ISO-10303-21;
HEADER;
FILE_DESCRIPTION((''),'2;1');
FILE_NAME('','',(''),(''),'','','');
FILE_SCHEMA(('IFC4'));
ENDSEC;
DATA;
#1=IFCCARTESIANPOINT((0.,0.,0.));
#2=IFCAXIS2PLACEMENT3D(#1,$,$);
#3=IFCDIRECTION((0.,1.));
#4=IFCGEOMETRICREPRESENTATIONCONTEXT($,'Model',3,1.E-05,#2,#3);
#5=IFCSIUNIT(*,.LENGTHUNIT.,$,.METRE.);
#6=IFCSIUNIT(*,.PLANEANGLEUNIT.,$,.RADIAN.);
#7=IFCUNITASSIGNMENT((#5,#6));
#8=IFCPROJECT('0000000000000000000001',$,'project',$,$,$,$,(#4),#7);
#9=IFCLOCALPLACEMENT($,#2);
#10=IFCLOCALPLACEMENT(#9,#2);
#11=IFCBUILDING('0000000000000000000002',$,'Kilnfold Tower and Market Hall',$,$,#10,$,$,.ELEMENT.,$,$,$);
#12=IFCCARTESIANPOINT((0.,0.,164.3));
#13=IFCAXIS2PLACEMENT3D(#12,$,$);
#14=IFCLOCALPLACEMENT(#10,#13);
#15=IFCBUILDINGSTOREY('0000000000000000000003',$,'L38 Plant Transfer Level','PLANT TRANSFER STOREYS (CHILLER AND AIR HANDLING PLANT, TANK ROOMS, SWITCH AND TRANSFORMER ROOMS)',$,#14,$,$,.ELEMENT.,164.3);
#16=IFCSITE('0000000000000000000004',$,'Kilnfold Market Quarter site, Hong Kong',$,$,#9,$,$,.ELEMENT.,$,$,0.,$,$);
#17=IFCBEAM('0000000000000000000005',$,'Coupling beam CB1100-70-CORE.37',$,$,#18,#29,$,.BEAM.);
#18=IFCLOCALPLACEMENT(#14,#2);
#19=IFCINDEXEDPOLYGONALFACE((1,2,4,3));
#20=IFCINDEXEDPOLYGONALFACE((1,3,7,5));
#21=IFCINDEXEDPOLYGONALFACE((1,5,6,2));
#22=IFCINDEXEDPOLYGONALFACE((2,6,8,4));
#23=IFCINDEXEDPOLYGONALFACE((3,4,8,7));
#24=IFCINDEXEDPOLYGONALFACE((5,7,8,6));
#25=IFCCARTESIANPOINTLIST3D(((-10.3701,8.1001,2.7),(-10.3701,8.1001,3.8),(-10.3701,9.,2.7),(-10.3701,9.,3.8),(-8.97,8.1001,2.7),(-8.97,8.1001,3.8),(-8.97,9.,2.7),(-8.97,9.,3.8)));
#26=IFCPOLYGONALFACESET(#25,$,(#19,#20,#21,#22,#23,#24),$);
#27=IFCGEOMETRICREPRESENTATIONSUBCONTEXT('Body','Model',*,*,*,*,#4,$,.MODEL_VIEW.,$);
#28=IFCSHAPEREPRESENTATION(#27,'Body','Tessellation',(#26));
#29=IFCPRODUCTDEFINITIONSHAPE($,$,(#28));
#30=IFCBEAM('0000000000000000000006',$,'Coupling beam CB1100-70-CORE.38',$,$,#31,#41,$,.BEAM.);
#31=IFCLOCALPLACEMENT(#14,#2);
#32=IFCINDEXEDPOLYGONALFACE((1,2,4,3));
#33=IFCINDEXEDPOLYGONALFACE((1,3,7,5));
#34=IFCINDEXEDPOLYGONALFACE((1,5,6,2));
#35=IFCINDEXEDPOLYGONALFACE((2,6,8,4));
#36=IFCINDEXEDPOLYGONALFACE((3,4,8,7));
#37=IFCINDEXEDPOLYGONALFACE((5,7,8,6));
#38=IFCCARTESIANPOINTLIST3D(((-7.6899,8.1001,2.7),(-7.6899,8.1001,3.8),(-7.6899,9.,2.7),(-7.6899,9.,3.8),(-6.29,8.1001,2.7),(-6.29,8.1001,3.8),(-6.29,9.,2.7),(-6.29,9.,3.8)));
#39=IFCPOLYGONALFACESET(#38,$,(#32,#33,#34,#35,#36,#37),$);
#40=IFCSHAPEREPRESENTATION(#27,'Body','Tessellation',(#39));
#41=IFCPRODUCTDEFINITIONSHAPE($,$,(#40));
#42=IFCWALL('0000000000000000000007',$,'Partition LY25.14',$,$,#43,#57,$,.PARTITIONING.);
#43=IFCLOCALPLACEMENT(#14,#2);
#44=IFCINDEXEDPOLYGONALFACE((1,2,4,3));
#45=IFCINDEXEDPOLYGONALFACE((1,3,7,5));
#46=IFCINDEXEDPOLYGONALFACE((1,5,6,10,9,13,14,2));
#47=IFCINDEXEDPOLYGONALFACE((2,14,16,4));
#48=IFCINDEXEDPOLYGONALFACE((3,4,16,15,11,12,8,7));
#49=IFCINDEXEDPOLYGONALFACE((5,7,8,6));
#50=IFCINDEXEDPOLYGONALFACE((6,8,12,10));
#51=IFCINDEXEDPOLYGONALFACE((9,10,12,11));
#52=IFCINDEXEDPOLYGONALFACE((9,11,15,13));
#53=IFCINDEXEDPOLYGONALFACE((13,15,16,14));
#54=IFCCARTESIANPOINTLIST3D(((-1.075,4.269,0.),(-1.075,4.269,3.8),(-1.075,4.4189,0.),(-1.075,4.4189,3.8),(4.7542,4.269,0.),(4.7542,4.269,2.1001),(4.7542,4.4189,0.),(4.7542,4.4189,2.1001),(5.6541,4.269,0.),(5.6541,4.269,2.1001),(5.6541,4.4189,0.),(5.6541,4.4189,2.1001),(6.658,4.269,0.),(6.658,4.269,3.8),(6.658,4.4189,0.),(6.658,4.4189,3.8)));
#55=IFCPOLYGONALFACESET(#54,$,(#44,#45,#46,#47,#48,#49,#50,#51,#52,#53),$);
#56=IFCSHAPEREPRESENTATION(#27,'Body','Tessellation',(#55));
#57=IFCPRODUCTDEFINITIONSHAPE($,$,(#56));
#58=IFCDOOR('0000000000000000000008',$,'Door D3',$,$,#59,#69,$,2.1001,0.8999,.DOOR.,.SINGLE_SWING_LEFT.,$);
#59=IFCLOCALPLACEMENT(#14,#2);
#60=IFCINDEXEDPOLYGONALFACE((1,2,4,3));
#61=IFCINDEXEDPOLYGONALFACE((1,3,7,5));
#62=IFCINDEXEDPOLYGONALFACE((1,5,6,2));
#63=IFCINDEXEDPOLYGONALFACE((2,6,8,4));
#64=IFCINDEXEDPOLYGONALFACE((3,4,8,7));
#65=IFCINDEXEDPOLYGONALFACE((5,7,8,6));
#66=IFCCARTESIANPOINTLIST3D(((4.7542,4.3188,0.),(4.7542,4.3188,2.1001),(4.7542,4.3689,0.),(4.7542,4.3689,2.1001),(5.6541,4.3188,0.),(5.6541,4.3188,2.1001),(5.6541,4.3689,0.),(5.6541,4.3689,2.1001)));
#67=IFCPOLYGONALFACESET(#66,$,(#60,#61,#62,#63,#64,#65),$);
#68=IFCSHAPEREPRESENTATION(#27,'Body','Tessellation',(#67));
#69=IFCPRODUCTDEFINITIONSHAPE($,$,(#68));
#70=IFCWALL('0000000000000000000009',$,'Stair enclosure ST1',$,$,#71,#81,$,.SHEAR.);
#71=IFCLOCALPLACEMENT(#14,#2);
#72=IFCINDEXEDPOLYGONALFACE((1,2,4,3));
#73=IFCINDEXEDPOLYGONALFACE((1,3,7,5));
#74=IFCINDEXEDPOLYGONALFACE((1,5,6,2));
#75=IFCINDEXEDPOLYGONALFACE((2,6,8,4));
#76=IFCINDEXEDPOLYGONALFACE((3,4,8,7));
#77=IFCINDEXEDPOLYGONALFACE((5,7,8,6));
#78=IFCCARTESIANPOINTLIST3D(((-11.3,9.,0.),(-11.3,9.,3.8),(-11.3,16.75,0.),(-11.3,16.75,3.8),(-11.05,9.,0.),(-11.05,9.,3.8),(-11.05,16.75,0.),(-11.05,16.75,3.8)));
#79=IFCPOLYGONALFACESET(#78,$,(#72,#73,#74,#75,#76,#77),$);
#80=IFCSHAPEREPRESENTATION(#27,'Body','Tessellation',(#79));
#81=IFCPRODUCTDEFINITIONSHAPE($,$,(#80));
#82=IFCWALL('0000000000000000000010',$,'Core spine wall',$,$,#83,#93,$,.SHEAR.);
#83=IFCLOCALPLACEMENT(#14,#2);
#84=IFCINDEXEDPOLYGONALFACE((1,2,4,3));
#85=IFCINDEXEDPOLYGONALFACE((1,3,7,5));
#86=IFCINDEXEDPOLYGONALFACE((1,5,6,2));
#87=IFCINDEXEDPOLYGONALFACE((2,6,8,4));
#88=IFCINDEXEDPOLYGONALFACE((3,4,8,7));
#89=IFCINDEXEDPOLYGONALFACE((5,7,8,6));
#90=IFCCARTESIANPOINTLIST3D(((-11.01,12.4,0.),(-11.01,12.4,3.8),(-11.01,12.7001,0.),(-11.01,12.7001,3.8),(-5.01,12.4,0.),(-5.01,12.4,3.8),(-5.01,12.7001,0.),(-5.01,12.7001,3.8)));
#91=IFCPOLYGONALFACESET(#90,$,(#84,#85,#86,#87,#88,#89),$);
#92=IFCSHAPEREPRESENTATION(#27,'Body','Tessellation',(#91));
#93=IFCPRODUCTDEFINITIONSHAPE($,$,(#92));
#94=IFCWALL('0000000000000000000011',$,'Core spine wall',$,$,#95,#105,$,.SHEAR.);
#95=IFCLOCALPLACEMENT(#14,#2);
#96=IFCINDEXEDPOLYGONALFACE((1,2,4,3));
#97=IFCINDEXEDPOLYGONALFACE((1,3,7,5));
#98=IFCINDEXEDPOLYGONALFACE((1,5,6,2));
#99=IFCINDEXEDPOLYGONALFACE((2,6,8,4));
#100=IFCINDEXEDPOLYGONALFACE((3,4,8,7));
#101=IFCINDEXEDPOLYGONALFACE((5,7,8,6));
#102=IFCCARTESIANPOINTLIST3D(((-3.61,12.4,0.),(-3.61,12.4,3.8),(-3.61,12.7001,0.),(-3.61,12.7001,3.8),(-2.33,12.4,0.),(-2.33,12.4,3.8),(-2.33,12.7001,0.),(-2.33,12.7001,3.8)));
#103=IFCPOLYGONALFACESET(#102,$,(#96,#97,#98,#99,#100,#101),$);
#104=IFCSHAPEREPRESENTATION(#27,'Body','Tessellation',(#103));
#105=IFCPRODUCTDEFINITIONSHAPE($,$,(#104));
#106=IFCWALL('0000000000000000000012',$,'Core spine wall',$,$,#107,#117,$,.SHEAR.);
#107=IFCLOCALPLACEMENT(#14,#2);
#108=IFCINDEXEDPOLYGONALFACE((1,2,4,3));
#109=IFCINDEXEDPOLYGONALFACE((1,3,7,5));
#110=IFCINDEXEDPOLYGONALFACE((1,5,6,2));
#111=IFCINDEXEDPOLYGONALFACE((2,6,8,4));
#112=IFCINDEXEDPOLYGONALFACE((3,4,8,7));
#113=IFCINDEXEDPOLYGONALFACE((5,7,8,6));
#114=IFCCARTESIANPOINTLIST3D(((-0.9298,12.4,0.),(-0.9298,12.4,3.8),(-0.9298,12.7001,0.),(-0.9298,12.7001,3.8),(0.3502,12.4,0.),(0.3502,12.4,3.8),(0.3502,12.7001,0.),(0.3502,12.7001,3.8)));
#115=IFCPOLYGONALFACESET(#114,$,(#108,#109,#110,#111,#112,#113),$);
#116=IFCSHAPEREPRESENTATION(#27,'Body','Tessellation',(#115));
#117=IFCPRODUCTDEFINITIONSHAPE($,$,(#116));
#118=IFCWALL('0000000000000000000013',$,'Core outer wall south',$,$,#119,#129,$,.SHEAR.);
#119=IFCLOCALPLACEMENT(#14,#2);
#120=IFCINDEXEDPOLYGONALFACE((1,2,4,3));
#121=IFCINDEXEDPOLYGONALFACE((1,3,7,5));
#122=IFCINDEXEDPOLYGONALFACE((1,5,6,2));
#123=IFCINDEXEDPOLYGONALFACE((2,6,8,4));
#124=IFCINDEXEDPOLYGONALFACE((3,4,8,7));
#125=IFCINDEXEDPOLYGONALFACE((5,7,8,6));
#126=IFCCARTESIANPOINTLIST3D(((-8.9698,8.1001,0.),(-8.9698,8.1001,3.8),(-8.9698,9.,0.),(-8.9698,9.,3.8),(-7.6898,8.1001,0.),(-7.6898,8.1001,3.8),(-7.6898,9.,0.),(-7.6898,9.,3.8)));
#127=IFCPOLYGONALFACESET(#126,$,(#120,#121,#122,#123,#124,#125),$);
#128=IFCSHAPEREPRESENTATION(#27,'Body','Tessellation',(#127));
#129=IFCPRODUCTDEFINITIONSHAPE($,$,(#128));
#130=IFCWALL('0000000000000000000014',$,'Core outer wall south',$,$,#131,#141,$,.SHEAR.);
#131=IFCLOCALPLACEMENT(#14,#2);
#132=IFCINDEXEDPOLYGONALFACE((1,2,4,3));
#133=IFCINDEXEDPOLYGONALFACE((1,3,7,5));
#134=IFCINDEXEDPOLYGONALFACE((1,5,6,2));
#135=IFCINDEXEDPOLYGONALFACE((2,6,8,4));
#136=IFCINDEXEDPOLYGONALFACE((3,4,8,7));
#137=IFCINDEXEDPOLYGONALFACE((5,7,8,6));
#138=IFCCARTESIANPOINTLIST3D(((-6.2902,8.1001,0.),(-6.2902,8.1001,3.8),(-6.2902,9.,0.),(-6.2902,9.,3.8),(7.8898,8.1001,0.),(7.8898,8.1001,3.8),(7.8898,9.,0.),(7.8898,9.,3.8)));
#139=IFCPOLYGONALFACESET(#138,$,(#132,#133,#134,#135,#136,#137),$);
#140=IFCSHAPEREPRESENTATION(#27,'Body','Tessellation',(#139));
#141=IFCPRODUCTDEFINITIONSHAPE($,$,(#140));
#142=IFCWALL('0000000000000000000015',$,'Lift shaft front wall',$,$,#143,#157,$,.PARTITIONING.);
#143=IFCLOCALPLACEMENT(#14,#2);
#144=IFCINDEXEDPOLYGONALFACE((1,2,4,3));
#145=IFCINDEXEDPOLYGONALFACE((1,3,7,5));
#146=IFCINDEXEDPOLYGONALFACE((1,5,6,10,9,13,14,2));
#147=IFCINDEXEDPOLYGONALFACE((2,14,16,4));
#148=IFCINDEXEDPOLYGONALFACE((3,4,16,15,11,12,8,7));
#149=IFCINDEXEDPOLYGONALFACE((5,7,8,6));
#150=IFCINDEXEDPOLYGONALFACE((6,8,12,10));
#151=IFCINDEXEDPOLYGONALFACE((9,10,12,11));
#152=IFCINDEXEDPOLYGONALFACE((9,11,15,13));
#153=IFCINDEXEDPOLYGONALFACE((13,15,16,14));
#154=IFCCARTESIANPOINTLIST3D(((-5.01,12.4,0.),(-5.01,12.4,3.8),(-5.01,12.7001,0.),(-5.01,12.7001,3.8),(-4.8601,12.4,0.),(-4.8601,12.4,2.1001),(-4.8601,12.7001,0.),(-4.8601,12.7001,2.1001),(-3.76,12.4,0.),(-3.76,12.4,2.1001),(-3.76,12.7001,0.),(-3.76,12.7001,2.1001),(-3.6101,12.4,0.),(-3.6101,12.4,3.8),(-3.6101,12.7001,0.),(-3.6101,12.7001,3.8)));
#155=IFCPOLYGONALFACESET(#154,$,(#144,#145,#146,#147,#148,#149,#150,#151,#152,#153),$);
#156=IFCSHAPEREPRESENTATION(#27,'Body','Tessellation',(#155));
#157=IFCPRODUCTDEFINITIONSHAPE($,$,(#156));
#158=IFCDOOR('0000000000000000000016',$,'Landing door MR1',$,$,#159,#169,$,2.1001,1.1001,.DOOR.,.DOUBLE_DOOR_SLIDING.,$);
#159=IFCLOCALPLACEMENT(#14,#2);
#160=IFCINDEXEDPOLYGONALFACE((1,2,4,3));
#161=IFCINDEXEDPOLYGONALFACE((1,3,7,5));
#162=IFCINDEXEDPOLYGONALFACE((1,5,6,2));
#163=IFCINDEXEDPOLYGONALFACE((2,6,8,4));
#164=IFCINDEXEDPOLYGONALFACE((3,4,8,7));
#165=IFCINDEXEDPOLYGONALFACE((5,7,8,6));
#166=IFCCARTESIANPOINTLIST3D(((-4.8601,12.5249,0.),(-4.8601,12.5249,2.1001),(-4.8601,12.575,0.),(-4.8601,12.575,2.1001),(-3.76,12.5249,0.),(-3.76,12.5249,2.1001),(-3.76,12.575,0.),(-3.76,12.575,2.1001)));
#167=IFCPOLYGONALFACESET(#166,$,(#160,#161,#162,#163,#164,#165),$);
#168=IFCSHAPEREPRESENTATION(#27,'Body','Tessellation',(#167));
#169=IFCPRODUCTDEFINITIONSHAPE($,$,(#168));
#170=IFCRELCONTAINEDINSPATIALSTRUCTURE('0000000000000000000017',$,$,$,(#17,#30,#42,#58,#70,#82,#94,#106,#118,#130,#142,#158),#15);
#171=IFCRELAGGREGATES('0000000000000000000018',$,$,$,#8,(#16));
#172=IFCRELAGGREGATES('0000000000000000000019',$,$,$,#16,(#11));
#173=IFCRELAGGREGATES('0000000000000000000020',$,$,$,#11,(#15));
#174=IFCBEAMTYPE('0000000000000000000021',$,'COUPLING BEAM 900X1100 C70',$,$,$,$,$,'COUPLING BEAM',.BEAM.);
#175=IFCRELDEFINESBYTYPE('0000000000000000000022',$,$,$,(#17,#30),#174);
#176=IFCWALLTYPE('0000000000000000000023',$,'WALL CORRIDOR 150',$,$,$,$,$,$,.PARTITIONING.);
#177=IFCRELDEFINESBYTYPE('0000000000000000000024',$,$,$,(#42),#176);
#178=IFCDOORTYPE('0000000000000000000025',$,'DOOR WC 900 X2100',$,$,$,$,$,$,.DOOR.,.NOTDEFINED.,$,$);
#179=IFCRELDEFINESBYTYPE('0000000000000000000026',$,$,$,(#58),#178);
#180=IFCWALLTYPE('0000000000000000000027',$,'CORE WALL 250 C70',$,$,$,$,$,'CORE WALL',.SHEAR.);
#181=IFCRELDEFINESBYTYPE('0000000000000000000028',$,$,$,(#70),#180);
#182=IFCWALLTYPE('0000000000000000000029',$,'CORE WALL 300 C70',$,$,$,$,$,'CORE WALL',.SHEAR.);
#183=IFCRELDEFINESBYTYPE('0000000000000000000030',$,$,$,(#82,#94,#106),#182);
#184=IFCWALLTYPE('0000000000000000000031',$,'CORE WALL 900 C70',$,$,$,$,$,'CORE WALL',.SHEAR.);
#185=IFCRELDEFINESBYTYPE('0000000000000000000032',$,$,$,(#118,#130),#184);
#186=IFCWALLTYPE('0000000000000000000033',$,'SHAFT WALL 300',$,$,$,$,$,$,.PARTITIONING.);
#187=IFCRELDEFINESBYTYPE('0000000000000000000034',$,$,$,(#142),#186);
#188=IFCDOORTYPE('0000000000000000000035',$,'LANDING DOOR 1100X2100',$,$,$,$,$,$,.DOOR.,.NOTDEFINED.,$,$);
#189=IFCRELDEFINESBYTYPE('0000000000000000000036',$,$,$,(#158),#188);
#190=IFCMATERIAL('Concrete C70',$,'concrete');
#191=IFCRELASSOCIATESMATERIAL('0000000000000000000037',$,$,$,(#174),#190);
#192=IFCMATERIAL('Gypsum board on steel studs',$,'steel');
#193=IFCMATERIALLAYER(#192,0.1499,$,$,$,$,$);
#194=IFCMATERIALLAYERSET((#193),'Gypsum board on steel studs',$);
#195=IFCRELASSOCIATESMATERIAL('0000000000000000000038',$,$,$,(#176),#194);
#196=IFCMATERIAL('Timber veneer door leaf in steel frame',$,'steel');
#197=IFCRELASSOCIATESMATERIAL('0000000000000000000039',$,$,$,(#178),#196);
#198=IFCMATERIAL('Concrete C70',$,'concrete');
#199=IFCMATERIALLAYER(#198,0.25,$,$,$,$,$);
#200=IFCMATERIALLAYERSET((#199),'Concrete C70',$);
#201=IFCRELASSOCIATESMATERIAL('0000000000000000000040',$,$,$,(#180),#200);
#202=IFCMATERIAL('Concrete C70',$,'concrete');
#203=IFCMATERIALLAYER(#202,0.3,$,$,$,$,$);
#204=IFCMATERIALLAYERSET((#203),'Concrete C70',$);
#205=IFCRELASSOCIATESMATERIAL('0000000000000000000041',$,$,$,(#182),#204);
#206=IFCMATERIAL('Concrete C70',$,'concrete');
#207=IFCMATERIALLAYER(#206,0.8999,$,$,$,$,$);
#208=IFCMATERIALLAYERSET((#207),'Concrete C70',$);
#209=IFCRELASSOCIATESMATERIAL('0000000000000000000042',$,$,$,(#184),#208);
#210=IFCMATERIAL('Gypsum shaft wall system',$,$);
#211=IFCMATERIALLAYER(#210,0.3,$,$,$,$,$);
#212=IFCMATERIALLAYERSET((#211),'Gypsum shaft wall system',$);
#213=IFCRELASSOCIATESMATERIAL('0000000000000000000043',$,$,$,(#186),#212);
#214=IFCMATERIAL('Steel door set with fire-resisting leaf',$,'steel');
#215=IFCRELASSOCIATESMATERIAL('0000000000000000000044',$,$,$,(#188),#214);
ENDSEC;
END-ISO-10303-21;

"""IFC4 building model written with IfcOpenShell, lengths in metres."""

from ifc_helpers import new_model, si_unit, direction, frame, frame_2d, origin, origin_2d, place, context, subcontext, project, spatial, rectangle, extrude, source, transform, mapped, material, layer, layer_set, material_profile, profile_set, type_object, element, fill, save


model = new_model("IFC4")

# Units and contexts
model_context = context("Model", 3, precision=1e-05, world=origin(), true_north=direction((0.0, 1.0)))
body_context = subcontext(model_context, "Body", "Model", "MODEL_VIEW")
ifc_project = project(units=[si_unit("LENGTHUNIT", "METRE"), si_unit("PLANEANGLEUNIT", "RADIAN")], contexts=[model_context])

# Site, building, storey
site_placement = place(None, origin())
site = spatial("IfcSite", under=ifc_project, at=site_placement, Name="Kilnfold Market Quarter site, Hong Kong", CompositionType="ELEMENT", RefElevation=0.0)
building_placement = place(site_placement, origin())
building = spatial("IfcBuilding", under=site, at=building_placement, Name="Kilnfold Tower and Market Hall", CompositionType="ELEMENT")
storey_placement = place(building_placement, frame((0.0, 0.0, 164.3)))
storey = spatial("IfcBuildingStorey", under=building, at=storey_placement, Name="L38 Plant Transfer Level", Description="PLANT TRANSFER STOREYS (CHILLER AND AIR HANDLING PLANT, TANK ROOMS, SWITCH AND TRANSFORMER ROOMS)", CompositionType="ELEMENT", Elevation=164.3)

# Beams
ifc_material_1 = material(Name="Concrete C70", Category="concrete")
ifc_material_profile = material_profile(ifc_material_1, rectangle(XDim=0.8999, YDim=1.1001, at=origin_2d()), Name="RC 900x1100")
ifc_profile_set = profile_set([ifc_material_profile], Name="Concrete C70")
beam_type = type_object("IfcBeamType", Name="COUPLING BEAM 900X1100 C70", ElementType="COUPLING BEAM", PredefinedType="BEAM", material=ifc_profile_set)
shared_shape_1 = source(origin(), body_context, "Body", "SweptSolid", [
    extrude(rectangle(XDim=0.8999, YDim=1.1001, at=origin_2d()), origin(), (0.0, 0.0, 1.0), 1.4001),
])
beam_1_placement = place(storey_placement, frame((-10.3701, 8.55, 3.25), z_axis=(1.0, 0.0, 0.0), x_axis=(0.0, 1.0, 0.0)))
element("IfcBeam", 1, at=beam_1_placement, inside=storey, type_object=beam_type, Name="Coupling beam CB1100-70-CORE.37", PredefinedType="BEAM", context=body_context, shape_type="MappedRepresentation", body=[
    mapped(shared_shape_1, transform((0.0, 0.0, 0.0))),
])
shared_shape_2 = source(origin(), body_context, "Body", "SweptSolid", [
    extrude(rectangle(XDim=0.8999, YDim=1.1001, at=origin_2d()), origin(), (0.0, 0.0, 1.0), 1.3999),
])
beam_2_placement = place(storey_placement, frame((-7.6899, 8.55, 3.25), z_axis=(1.0, 0.0, 0.0), x_axis=(0.0, 1.0, 0.0)))
element("IfcBeam", 2, at=beam_2_placement, inside=storey, type_object=beam_type, Name="Coupling beam CB1100-70-CORE.38", PredefinedType="BEAM", context=body_context, shape_type="MappedRepresentation", body=[
    mapped(shared_shape_2, transform((0.0, 0.0, 0.0))),
])

# Wall, opening, door
ifc_material_2 = material(Name="Gypsum board on steel studs", Category="steel")
ifc_layer_1 = layer(ifc_material_2, 0.1499)
ifc_layer_set_1 = layer_set([ifc_layer_1], Name="Gypsum board on steel studs")
wall_type_1 = type_object("IfcWallType", Name="WALL CORRIDOR 150", PredefinedType="PARTITIONING", material=ifc_layer_set_1)
wall_1_placement = place(storey_placement, frame((-1.075, 4.344, 0.0), z_axis=(0.0, 0.0, 1.0), x_axis=(1.0, 0.0, 0.0)))
wall_1 = element("IfcWall", 3, at=wall_1_placement, inside=storey, type_object=wall_type_1, Name="Partition LY25.14", PredefinedType="PARTITIONING", context=body_context, shape_type="SweptSolid", body=[
    extrude(rectangle(XDim=7.7329, YDim=0.1499, at=frame_2d((3.8665, 0.0))), origin(), (0.0, 0.0, 1.0), 3.8),
])
opening_1_placement = place(wall_1_placement, frame((5.8291, 0.0, 0.0)))
opening_1 = element("IfcOpeningElement", 4, at=opening_1_placement, cuts=wall_1, PredefinedType="OPENING", context=body_context, shape_type="SweptSolid", body=[
    extrude(rectangle(XDim=0.8999, YDim=2.1001, at=frame_2d((0.45, 1.05))), frame((0.0, 0.085, 0.0), z_axis=(0.0, -1.0, 0.0), x_axis=(1.0, 0.0, 0.0)), (0.0, 0.0, 1.0), 0.1699),
])
ifc_material_3 = material(Name="Timber veneer door leaf in steel frame", Category="steel")
door_type_1 = type_object("IfcDoorType", Name="DOOR WC 900 X2100", OperationType="NOTDEFINED", PredefinedType="DOOR", material=ifc_material_3)
door_1_placement = place(opening_1_placement, origin())
door_1 = element("IfcDoor", 5, at=door_1_placement, inside=storey, type_object=door_type_1, Name="Door D3", OperationType="SINGLE_SWING_LEFT", OverallHeight=2.1001, OverallWidth=0.8999, PredefinedType="DOOR", context=body_context, shape_type="SweptSolid", body=[
    extrude(rectangle(XDim=0.8999, YDim=2.1001, at=frame_2d((0.45, 1.05))), frame((0.0, 0.0249, 0.0), z_axis=(0.0, -1.0, 0.0), x_axis=(1.0, 0.0, 0.0)), (0.0, 0.0, 1.0), 0.05),
])
fill(opening_1, door_1)

# Walls
ifc_material_4 = material(Name="Concrete C70", Category="concrete")
ifc_layer_2 = layer(ifc_material_4, 0.25)
ifc_layer_set_2 = layer_set([ifc_layer_2], Name="Concrete C70")
wall_type_2 = type_object("IfcWallType", Name="CORE WALL 250 C70", ElementType="CORE WALL", PredefinedType="SHEAR", material=ifc_layer_set_2)
shared_shape_3 = source(origin(), body_context, "Body", "SweptSolid", [
    extrude(rectangle(XDim=7.75, YDim=0.25, at=frame_2d((3.875, 0.0))), origin(), (0.0, 0.0, 1.0), 3.8),
])
wall_2_placement = place(storey_placement, frame((-11.175, 9.0, 0.0), z_axis=(0.0, 0.0, 1.0), x_axis=(0.0, 1.0, 0.0)))
element("IfcWall", 6, at=wall_2_placement, inside=storey, type_object=wall_type_2, Name="Stair enclosure ST1", PredefinedType="SHEAR", context=body_context, shape_type="MappedRepresentation", body=[
    mapped(shared_shape_3, transform((0.0, 0.0, 0.0))),
])
ifc_material_5 = material(Name="Concrete C70", Category="concrete")
ifc_layer_3 = layer(ifc_material_5, 0.3)
ifc_layer_set_3 = layer_set([ifc_layer_3], Name="Concrete C70")
wall_type_3 = type_object("IfcWallType", Name="CORE WALL 300 C70", ElementType="CORE WALL", PredefinedType="SHEAR", material=ifc_layer_set_3)
shared_shape_4 = source(origin(), body_context, "Body", "SweptSolid", [
    extrude(rectangle(XDim=6.0, YDim=0.3, at=frame_2d((3.0, 0.0))), origin(), (0.0, 0.0, 1.0), 3.8),
])
wall_3_placement = place(storey_placement, frame((-11.01, 12.55, 0.0), z_axis=(0.0, 0.0, 1.0), x_axis=(1.0, 0.0, 0.0)))
element("IfcWall", 7, at=wall_3_placement, inside=storey, type_object=wall_type_3, Name="Core spine wall", PredefinedType="SHEAR", context=body_context, shape_type="MappedRepresentation", body=[
    mapped(shared_shape_4, transform((0.0, 0.0, 0.0))),
])
shared_shape_5 = source(origin(), body_context, "Body", "SweptSolid", [
    extrude(rectangle(XDim=1.28, YDim=0.3, at=frame_2d((0.6401, 0.0))), origin(), (0.0, 0.0, 1.0), 3.8),
])
for number, where, z_axis, x_axis, name in (
    (8, (-3.6101, 12.55, 0.0), (0.0, 0.0, 1.0), (1.0, 0.0, 0.0), "Core spine wall"),
    (9, (-0.9299, 12.55, 0.0), (0.0, 0.0, 1.0), (1.0, 0.0, 0.0), "Core spine wall"),
):
    element("IfcWall", number, at=place(storey_placement, frame(where, z_axis=z_axis, x_axis=x_axis)), inside=storey, type_object=wall_type_3, Name=name, PredefinedType="SHEAR", context=body_context, shape_type="MappedRepresentation", body=[
        mapped(shared_shape_5, transform((0.0, 0.0, 0.0))),
    ])
ifc_material_6 = material(Name="Concrete C70", Category="concrete")
ifc_layer_4 = layer(ifc_material_6, 0.8999)
ifc_layer_set_4 = layer_set([ifc_layer_4], Name="Concrete C70")
wall_type_4 = type_object("IfcWallType", Name="CORE WALL 900 C70", ElementType="CORE WALL", PredefinedType="SHEAR", material=ifc_layer_set_4)
shared_shape_6 = source(origin(), body_context, "Body", "SweptSolid", [
    extrude(rectangle(XDim=1.28, YDim=0.8999, at=frame_2d((0.6401, 0.0))), origin(), (0.0, 0.0, 1.0), 3.8),
])
wall_4_placement = place(storey_placement, frame((-8.97, 8.55, 0.0), z_axis=(0.0, 0.0, 1.0), x_axis=(1.0, 0.0, 0.0)))
element("IfcWall", 10, at=wall_4_placement, inside=storey, type_object=wall_type_4, Name="Core outer wall south", PredefinedType="SHEAR", context=body_context, shape_type="MappedRepresentation", body=[
    mapped(shared_shape_6, transform((0.0, 0.0, 0.0))),
])
shared_shape_7 = source(origin(), body_context, "Body", "SweptSolid", [
    extrude(rectangle(XDim=14.1799, YDim=0.8999, at=frame_2d((7.0898, 0.0))), origin(), (0.0, 0.0, 1.0), 3.8),
])
wall_5_placement = place(storey_placement, frame((-6.29, 8.55, 0.0), z_axis=(0.0, 0.0, 1.0), x_axis=(1.0, 0.0, 0.0)))
element("IfcWall", 11, at=wall_5_placement, inside=storey, type_object=wall_type_4, Name="Core outer wall south", PredefinedType="SHEAR", context=body_context, shape_type="MappedRepresentation", body=[
    mapped(shared_shape_7, transform((0.0, 0.0, 0.0))),
])

# Wall, opening, door
ifc_material_7 = material(Name="Gypsum shaft wall system")
ifc_layer_5 = layer(ifc_material_7, 0.3)
ifc_layer_set_5 = layer_set([ifc_layer_5], Name="Gypsum shaft wall system")
wall_type_5 = type_object("IfcWallType", Name="SHAFT WALL 300", PredefinedType="PARTITIONING", material=ifc_layer_set_5)
shared_shape_8 = source(origin(), body_context, "Body", "SweptSolid", [
    extrude(rectangle(XDim=1.3999, YDim=0.3, at=frame_2d((0.7, 0.0))), origin(), (0.0, 0.0, 1.0), 3.8),
])
wall_6_placement = place(storey_placement, frame((-5.01, 12.55, 0.0), z_axis=(0.0, 0.0, 1.0), x_axis=(1.0, 0.0, 0.0)))
wall_6 = element("IfcWall", 12, at=wall_6_placement, inside=storey, type_object=wall_type_5, Name="Lift shaft front wall", PredefinedType="PARTITIONING", context=body_context, shape_type="MappedRepresentation", body=[
    mapped(shared_shape_8, transform((0.0, 0.0, 0.0))),
])
opening_2_placement = place(wall_6_placement, frame((0.1499, 0.0, 0.0)))
opening_2 = element("IfcOpeningElement", 13, at=opening_2_placement, cuts=wall_6, PredefinedType="OPENING", context=body_context, shape_type="SweptSolid", body=[
    extrude(rectangle(XDim=1.1001, YDim=2.1001, at=frame_2d((0.55, 1.05))), frame((0.0, 0.1602, 0.0), z_axis=(0.0, -1.0, 0.0), x_axis=(1.0, 0.0, 0.0)), (0.0, 0.0, 1.0), 0.3201),
])
ifc_material_8 = material(Name="Steel door set with fire-resisting leaf", Category="steel")
door_type_2 = type_object("IfcDoorType", Name="LANDING DOOR 1100X2100", OperationType="NOTDEFINED", PredefinedType="DOOR", material=ifc_material_8)
door_2_placement = place(opening_2_placement, origin())
door_2 = element("IfcDoor", 14, at=door_2_placement, inside=storey, type_object=door_type_2, Name="Landing door MR1", OperationType="DOUBLE_DOOR_SLIDING", OverallHeight=2.1001, OverallWidth=1.1001, PredefinedType="DOOR", context=body_context, shape_type="SweptSolid", body=[
    extrude(rectangle(XDim=1.1001, YDim=2.1001, at=frame_2d((0.55, 1.05))), frame((0.0, 0.0249, 0.0), z_axis=(0.0, -1.0, 0.0), x_axis=(1.0, 0.0, 0.0)), (0.0, 0.0, 1.0), 0.05),
])
fill(opening_2, door_2)

save(model, "model.ifc")
